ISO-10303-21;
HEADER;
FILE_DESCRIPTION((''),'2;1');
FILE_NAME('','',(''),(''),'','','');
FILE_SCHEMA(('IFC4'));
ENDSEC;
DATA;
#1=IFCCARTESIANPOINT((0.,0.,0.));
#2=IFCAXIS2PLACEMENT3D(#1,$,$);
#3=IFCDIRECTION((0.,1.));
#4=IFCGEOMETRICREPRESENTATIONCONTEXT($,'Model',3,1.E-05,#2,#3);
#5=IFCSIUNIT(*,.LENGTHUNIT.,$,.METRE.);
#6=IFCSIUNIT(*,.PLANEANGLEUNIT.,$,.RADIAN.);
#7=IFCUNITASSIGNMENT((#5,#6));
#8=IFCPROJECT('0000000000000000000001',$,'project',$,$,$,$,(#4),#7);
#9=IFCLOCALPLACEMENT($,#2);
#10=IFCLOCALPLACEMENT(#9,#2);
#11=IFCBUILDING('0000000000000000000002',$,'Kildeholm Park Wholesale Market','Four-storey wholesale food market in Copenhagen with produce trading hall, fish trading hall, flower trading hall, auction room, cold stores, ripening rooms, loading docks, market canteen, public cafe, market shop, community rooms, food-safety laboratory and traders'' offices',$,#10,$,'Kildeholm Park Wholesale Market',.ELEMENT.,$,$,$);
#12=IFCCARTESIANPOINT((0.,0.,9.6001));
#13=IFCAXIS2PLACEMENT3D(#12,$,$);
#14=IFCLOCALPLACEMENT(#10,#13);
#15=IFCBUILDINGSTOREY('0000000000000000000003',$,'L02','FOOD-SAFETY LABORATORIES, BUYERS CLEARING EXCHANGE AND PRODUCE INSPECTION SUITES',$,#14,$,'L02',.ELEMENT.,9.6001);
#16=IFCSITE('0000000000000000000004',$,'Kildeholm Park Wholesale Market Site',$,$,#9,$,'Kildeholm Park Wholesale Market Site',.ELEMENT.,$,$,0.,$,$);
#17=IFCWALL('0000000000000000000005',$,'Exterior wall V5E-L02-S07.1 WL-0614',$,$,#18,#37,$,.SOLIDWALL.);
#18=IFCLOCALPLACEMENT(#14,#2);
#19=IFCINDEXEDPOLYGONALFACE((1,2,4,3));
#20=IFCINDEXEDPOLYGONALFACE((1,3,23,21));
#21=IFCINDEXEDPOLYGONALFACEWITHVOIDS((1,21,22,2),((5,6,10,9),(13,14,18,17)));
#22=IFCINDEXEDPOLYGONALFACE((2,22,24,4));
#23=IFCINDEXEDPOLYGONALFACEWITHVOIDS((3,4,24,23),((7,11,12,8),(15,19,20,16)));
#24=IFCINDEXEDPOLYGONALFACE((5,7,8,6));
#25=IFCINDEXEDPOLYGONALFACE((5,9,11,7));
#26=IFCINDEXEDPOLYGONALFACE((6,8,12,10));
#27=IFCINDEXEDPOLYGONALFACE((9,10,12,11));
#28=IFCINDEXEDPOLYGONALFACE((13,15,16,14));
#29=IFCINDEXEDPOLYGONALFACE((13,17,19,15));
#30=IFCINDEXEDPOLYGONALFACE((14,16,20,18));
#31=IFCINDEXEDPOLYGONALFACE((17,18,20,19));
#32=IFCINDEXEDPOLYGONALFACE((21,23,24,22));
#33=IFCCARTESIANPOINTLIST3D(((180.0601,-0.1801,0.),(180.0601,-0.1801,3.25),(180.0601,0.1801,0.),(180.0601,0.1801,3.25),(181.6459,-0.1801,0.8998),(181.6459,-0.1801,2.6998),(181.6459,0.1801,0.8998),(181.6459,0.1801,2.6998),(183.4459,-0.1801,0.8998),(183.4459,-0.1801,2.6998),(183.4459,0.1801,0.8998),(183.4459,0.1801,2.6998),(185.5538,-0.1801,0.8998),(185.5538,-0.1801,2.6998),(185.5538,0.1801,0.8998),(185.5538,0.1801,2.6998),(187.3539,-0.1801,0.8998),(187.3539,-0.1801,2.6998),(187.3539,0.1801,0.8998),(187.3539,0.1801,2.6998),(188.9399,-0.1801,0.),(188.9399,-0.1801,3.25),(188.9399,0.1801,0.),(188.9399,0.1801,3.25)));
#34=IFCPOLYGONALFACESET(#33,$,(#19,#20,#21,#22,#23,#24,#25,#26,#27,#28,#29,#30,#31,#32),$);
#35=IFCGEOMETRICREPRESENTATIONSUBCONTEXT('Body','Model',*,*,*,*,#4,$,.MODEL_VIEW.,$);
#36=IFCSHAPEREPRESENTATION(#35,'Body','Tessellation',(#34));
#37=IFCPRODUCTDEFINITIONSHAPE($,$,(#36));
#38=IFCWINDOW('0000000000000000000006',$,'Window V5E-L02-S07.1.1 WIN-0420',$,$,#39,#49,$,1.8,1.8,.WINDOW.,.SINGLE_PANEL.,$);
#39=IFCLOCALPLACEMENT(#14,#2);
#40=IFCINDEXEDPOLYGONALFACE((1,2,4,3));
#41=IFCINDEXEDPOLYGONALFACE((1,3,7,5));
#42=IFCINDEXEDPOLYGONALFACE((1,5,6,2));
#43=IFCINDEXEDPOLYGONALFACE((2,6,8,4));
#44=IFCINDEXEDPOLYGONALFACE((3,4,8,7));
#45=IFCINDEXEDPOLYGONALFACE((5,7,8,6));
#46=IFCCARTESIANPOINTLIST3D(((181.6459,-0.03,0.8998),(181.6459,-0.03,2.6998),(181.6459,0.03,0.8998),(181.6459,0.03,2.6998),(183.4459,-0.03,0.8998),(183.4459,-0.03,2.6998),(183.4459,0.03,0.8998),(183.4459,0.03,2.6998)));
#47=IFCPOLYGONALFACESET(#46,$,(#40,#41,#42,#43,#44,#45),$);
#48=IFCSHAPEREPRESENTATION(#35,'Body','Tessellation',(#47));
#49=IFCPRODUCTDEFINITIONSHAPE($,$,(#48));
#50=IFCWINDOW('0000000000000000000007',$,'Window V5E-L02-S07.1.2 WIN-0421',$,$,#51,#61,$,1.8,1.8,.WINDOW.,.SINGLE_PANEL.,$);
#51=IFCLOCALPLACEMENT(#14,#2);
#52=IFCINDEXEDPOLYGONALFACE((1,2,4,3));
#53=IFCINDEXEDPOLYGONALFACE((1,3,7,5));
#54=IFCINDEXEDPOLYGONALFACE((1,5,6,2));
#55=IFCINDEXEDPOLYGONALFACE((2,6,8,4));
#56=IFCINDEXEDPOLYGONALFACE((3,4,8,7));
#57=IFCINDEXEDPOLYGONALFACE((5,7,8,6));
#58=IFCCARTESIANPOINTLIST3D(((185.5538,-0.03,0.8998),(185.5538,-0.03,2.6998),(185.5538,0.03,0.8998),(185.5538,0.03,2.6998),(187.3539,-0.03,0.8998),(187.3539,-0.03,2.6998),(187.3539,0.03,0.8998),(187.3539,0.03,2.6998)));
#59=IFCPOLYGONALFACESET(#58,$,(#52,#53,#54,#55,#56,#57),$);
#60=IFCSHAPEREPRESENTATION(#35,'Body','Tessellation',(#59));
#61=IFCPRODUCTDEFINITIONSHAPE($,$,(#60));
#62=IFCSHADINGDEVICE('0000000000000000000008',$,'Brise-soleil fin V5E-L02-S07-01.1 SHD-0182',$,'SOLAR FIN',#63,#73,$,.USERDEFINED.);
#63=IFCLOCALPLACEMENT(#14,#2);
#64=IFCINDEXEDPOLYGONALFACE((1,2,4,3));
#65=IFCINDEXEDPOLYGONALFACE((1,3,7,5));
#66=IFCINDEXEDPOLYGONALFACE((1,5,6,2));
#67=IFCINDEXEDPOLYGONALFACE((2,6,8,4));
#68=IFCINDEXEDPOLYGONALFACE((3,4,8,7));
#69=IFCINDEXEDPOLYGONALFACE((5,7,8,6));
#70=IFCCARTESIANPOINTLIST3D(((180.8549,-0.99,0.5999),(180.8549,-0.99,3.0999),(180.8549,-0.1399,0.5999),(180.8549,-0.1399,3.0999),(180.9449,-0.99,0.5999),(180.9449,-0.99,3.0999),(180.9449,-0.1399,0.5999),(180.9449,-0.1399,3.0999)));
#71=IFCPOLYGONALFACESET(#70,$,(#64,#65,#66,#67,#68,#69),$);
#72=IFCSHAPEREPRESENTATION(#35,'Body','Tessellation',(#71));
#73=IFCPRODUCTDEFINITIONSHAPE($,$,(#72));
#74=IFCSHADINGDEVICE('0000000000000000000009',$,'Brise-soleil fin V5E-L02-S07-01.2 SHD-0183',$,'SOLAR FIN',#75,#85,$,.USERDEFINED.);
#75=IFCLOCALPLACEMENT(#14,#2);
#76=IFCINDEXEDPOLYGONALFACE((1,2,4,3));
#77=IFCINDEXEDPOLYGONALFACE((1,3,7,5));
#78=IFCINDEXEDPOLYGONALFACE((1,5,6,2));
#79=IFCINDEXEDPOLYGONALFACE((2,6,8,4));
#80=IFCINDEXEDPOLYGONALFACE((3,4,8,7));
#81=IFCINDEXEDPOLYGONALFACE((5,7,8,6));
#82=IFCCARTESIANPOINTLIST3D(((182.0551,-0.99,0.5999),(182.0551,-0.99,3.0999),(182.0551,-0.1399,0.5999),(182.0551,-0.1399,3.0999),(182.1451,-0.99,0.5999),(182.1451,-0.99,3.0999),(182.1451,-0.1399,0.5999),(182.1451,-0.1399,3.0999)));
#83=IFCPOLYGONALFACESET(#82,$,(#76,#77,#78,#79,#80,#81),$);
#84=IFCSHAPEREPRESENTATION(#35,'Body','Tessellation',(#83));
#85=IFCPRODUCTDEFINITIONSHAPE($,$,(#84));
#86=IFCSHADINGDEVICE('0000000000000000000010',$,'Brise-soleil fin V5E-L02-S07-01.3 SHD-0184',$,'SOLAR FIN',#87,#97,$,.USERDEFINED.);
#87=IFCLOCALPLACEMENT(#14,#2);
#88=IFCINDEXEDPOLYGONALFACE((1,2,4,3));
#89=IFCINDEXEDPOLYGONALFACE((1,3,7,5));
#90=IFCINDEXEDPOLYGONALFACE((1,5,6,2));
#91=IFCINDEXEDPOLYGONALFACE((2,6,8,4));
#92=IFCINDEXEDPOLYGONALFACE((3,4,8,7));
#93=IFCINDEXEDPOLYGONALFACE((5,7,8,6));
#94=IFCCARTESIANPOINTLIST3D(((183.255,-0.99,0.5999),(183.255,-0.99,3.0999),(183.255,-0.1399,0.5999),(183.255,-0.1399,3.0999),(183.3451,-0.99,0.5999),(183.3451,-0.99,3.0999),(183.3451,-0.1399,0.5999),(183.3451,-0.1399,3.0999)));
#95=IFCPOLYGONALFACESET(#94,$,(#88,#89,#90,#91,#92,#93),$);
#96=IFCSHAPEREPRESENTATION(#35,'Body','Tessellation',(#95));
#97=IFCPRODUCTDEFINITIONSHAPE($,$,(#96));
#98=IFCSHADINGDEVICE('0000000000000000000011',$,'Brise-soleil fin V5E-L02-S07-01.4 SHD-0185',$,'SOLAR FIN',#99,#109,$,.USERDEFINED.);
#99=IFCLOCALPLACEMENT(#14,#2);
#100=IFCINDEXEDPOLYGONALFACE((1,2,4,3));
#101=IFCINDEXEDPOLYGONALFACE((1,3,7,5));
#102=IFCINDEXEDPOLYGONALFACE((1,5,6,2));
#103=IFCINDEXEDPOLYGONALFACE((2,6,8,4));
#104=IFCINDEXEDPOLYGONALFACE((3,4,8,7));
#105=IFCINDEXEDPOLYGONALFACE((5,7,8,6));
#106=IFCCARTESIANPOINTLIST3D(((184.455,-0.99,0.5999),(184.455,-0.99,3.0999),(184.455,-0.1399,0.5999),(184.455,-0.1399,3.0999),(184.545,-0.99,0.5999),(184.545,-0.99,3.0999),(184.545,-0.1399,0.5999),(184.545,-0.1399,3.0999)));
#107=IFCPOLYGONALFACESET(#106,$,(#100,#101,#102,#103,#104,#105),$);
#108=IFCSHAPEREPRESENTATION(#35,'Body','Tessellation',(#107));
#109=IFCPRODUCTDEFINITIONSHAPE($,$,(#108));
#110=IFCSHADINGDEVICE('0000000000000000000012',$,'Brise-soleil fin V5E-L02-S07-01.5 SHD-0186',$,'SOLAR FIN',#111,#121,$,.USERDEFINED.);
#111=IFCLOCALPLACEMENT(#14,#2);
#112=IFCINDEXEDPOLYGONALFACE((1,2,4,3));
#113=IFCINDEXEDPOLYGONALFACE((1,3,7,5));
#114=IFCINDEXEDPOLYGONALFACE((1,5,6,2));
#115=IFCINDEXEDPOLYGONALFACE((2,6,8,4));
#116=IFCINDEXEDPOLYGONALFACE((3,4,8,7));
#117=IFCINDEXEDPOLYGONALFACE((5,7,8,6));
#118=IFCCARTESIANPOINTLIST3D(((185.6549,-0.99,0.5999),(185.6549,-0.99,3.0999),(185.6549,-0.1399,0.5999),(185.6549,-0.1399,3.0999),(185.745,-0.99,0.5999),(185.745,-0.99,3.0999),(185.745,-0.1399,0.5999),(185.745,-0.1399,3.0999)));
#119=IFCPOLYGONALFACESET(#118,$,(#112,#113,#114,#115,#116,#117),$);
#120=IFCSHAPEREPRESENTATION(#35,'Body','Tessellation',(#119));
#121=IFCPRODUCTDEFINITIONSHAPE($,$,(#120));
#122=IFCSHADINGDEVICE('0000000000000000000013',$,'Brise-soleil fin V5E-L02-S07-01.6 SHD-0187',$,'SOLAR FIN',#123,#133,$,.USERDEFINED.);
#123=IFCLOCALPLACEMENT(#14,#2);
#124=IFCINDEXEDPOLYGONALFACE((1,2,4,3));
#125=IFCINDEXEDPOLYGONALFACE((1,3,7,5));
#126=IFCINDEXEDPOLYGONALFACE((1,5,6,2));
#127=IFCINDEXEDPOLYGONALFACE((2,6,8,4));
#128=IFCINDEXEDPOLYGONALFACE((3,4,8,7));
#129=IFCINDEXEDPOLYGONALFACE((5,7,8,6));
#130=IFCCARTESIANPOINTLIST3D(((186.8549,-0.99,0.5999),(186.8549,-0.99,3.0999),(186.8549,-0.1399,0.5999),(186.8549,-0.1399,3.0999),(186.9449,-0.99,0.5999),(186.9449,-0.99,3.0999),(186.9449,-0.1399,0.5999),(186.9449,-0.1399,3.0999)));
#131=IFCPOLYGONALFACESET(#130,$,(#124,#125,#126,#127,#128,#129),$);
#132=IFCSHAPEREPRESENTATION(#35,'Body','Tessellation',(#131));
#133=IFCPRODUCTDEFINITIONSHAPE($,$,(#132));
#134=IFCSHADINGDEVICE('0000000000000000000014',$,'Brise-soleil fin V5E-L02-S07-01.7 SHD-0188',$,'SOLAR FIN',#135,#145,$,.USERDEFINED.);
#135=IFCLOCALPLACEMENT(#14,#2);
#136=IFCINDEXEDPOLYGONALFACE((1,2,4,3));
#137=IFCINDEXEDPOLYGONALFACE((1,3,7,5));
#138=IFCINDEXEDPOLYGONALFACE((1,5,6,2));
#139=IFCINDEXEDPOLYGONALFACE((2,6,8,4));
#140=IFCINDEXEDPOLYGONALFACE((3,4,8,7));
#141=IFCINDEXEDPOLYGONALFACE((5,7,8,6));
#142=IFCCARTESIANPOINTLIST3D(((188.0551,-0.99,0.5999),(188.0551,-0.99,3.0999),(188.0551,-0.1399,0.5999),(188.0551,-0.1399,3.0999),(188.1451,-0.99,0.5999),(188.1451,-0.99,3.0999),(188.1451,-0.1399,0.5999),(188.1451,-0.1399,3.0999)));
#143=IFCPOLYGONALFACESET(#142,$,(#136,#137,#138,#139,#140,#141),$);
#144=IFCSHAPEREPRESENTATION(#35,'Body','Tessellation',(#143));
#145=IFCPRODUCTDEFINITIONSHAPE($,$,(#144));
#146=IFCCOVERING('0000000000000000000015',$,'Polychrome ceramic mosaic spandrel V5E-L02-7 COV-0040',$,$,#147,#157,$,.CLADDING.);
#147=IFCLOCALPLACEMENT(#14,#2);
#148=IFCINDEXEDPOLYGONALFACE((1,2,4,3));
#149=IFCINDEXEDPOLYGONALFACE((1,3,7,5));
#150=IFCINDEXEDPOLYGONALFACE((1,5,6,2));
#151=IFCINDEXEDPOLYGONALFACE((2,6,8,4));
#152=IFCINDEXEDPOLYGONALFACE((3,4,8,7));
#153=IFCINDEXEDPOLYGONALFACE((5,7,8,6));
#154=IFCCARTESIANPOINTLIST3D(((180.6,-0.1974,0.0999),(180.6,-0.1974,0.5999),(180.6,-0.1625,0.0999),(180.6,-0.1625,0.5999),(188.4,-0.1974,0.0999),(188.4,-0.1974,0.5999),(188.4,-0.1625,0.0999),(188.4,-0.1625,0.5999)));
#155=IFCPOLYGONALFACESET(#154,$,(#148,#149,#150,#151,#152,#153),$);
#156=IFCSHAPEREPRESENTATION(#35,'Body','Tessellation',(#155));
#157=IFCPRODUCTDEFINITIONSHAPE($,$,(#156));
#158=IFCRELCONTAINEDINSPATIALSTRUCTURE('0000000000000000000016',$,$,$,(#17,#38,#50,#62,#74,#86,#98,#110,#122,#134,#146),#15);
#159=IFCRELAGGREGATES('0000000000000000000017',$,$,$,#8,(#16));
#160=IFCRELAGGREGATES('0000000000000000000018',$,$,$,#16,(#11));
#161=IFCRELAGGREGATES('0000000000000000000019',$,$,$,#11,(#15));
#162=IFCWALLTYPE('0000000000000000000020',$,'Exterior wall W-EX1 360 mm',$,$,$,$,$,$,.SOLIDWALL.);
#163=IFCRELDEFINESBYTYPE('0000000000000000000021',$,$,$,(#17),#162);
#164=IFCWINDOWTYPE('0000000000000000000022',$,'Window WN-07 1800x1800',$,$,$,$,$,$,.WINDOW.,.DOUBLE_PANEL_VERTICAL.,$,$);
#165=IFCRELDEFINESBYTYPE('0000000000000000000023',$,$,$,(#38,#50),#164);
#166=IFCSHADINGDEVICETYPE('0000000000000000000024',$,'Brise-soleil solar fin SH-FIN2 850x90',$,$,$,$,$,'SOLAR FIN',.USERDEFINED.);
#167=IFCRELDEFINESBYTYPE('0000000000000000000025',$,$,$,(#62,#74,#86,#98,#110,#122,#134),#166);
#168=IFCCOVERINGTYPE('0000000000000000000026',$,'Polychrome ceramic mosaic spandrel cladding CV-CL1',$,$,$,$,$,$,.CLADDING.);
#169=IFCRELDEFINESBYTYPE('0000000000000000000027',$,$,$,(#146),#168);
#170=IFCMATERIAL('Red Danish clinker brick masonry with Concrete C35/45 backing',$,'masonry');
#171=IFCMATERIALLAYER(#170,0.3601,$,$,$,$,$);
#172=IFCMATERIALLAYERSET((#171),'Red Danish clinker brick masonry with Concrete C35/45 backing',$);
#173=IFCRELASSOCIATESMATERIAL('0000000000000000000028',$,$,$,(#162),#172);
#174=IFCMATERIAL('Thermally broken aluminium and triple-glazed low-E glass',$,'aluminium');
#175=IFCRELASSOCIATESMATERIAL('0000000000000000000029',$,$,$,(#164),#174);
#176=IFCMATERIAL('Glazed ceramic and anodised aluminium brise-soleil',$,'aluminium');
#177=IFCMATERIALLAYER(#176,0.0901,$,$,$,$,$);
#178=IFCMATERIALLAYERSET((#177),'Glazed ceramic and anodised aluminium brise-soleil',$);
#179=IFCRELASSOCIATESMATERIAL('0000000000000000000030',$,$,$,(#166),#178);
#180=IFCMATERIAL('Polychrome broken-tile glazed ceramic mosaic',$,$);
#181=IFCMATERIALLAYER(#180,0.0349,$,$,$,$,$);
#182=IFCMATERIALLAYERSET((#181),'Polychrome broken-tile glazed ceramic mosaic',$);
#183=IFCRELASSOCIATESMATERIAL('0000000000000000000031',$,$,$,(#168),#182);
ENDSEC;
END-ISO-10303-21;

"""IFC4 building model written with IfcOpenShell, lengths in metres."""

from ifc_helpers import new_model, si_unit, direction, frame, frame_2d, origin, origin_2d, place, context, subcontext, project, spatial, rectangle, extrude, material, layer, layer_set, type_object, element, fill, save


model = new_model("IFC4")

# Units and contexts
model_context = context("Model", 3, precision=1e-05, world=origin(), true_north=direction((0.0, 1.0)))
body_context = subcontext(model_context, "Body", "Model", "MODEL_VIEW")
ifc_project = project(units=[si_unit("LENGTHUNIT", "METRE"), si_unit("PLANEANGLEUNIT", "RADIAN")], contexts=[model_context])

# Site, building, storey
site_placement = place(None, origin())
site = spatial("IfcSite", under=ifc_project, at=site_placement, Name="Kildeholm Park Wholesale Market Site", LongName="Kildeholm Park Wholesale Market Site", CompositionType="ELEMENT", RefElevation=0.0)
building_placement = place(site_placement, origin())
building = spatial("IfcBuilding", under=site, at=building_placement, Name="Kildeholm Park Wholesale Market", Description="Four-storey wholesale food market in Copenhagen with produce trading hall, fish trading hall, flower trading hall, auction room, cold stores, ripening rooms, loading docks, market canteen, public cafe, market shop, community rooms, food-safety laboratory and traders' offices", LongName="Kildeholm Park Wholesale Market", CompositionType="ELEMENT")
storey_placement = place(building_placement, frame((0.0, 0.0, 9.6001)))
storey = spatial("IfcBuildingStorey", under=building, at=storey_placement, Name="L02", Description="FOOD-SAFETY LABORATORIES, BUYERS CLEARING EXCHANGE AND PRODUCE INSPECTION SUITES", LongName="L02", CompositionType="ELEMENT", Elevation=9.6001)

# Wall, openings, windows
ifc_material_1 = material(Name="Red Danish clinker brick masonry with Concrete C35/45 backing", Category="masonry")
ifc_layer_1 = layer(ifc_material_1, 0.3601)
ifc_layer_set_1 = layer_set([ifc_layer_1], Name="Red Danish clinker brick masonry with Concrete C35/45 backing")
wall_type = type_object("IfcWallType", Name="Exterior wall W-EX1 360 mm", PredefinedType="SOLIDWALL", material=ifc_layer_set_1)
wall_placement = place(storey_placement, frame((180.0601, 0.0, 0.0), z_axis=(0.0, 0.0, 1.0), x_axis=(1.0, 0.0, 0.0)))
wall = element("IfcWall", 1, at=wall_placement, inside=storey, type_object=wall_type, Name="Exterior wall V5E-L02-S07.1 WL-0614", PredefinedType="SOLIDWALL", context=body_context, shape_type="SweptSolid", body=[
    extrude(rectangle(XDim=8.8799, YDim=0.3601, at=frame_2d((4.4399, 0.0))), origin(), (0.0, 0.0, 1.0), 3.25),
])
opening_1_placement = place(wall_placement, frame((1.5859, 0.0, 0.8999)))
opening_1 = element("IfcOpeningElement", 2, at=opening_1_placement, cuts=wall, PredefinedType="OPENING", context=body_context, shape_type="SweptSolid", body=[
    extrude(rectangle(XDim=1.8, YDim=1.8, at=frame_2d((0.8999, 0.8999))), frame((0.0, 0.1899, 0.0), z_axis=(0.0, -1.0, 0.0), x_axis=(1.0, 0.0, 0.0)), (0.0, 0.0, 1.0), 0.3801),
])
opening_2_placement = place(wall_placement, frame((5.4939, 0.0, 0.8999)))
opening_2 = element("IfcOpeningElement", 3, at=opening_2_placement, cuts=wall, PredefinedType="OPENING", context=body_context, shape_type="SweptSolid", body=[
    extrude(rectangle(XDim=1.8, YDim=1.8, at=frame_2d((0.8999, 0.8999))), frame((0.0, 0.1899, 0.0), z_axis=(0.0, -1.0, 0.0), x_axis=(1.0, 0.0, 0.0)), (0.0, 0.0, 1.0), 0.3801),
])
ifc_material_2 = material(Name="Thermally broken aluminium and triple-glazed low-E glass", Category="aluminium")
window_type = type_object("IfcWindowType", Name="Window WN-07 1800x1800", PartitioningType="DOUBLE_PANEL_VERTICAL", PredefinedType="WINDOW", material=ifc_material_2)
window_1_placement = place(opening_1_placement, origin())
window_1 = element("IfcWindow", 4, at=window_1_placement, inside=storey, type_object=window_type, Name="Window V5E-L02-S07.1.1 WIN-0420", OverallHeight=1.8, OverallWidth=1.8, PartitioningType="SINGLE_PANEL", PredefinedType="WINDOW", context=body_context, shape_type="SweptSolid", body=[
    extrude(rectangle(XDim=1.8, YDim=1.8, at=frame_2d((0.8999, 0.8999))), frame((0.0, 0.03, 0.0), z_axis=(0.0, -1.0, 0.0), x_axis=(1.0, 0.0, 0.0)), (0.0, 0.0, 1.0), 0.0601),
])
fill(opening_1, window_1)
window_2_placement = place(opening_2_placement, origin())
window_2 = element("IfcWindow", 5, at=window_2_placement, inside=storey, type_object=window_type, Name="Window V5E-L02-S07.1.2 WIN-0421", OverallHeight=1.8, OverallWidth=1.8, PartitioningType="SINGLE_PANEL", PredefinedType="WINDOW", context=body_context, shape_type="SweptSolid", body=[
    extrude(rectangle(XDim=1.8, YDim=1.8, at=frame_2d((0.8999, 0.8999))), frame((0.0, 0.03, 0.0), z_axis=(0.0, -1.0, 0.0), x_axis=(1.0, 0.0, 0.0)), (0.0, 0.0, 1.0), 0.0601),
])
fill(opening_2, window_2)

# Shading devices
ifc_material_3 = material(Name="Glazed ceramic and anodised aluminium brise-soleil", Category="aluminium")
ifc_layer_2 = layer(ifc_material_3, 0.0901)
ifc_layer_set_2 = layer_set([ifc_layer_2], Name="Glazed ceramic and anodised aluminium brise-soleil")
shading_device_type = type_object("IfcShadingDeviceType", Name="Brise-soleil solar fin SH-FIN2 850x90", ElementType="SOLAR FIN", PredefinedType="USERDEFINED", material=ifc_layer_set_2)
for number, where, z_axis, x_axis, name in (
    (6, (180.8999, -0.5649, 0.5999), (0.0, 0.0, 1.0), (0.0, -1.0, 0.0), "Brise-soleil fin V5E-L02-S07-01.1 SHD-0182"),
    (7, (182.1001, -0.5649, 0.5999), (0.0, 0.0, 1.0), (0.0, -1.0, 0.0), "Brise-soleil fin V5E-L02-S07-01.2 SHD-0183"),
    (8, (183.3, -0.5649, 0.5999), (0.0, 0.0, 1.0), (0.0, -1.0, 0.0), "Brise-soleil fin V5E-L02-S07-01.3 SHD-0184"),
    (9, (184.5, -0.5649, 0.5999), (0.0, 0.0, 1.0), (0.0, -1.0, 0.0), "Brise-soleil fin V5E-L02-S07-01.4 SHD-0185"),
    (10, (185.7, -0.5649, 0.5999), (0.0, 0.0, 1.0), (0.0, -1.0, 0.0), "Brise-soleil fin V5E-L02-S07-01.5 SHD-0186"),
    (11, (186.8999, -0.5649, 0.5999), (0.0, 0.0, 1.0), (0.0, -1.0, 0.0), "Brise-soleil fin V5E-L02-S07-01.6 SHD-0187"),
    (12, (188.1001, -0.5649, 0.5999), (0.0, 0.0, 1.0), (0.0, -1.0, 0.0), "Brise-soleil fin V5E-L02-S07-01.7 SHD-0188"),
):
    element("IfcShadingDevice", number, at=place(storey_placement, frame(where, z_axis=z_axis, x_axis=x_axis)), inside=storey, type_object=shading_device_type, Name=name, ObjectType="SOLAR FIN", PredefinedType="USERDEFINED", context=body_context, shape_type="SweptSolid", body=[
        extrude(rectangle(XDim=0.8501, YDim=0.0901, at=origin_2d()), origin(), (0.0, 0.0, 1.0), 2.5),
    ])

# Covering
ifc_material_4 = material(Name="Polychrome broken-tile glazed ceramic mosaic")
ifc_layer_3 = layer(ifc_material_4, 0.0349)
ifc_layer_set_3 = layer_set([ifc_layer_3], Name="Polychrome broken-tile glazed ceramic mosaic")
covering_type = type_object("IfcCoveringType", Name="Polychrome ceramic mosaic spandrel cladding CV-CL1", PredefinedType="CLADDING", material=ifc_layer_set_3)
covering_placement = place(storey_placement, frame((184.5, -0.1799, 0.0999), z_axis=(0.0, 0.0, 1.0), x_axis=(1.0, 0.0, 0.0)))
element("IfcCovering", 13, at=covering_placement, inside=storey, type_object=covering_type, Name="Polychrome ceramic mosaic spandrel V5E-L02-7 COV-0040", PredefinedType="CLADDING", context=body_context, shape_type="SweptSolid", body=[
    extrude(rectangle(XDim=7.8, YDim=0.0349, at=origin_2d()), origin(), (0.0, 0.0, 1.0), 0.5),
])

save(model, "model.ifc")
